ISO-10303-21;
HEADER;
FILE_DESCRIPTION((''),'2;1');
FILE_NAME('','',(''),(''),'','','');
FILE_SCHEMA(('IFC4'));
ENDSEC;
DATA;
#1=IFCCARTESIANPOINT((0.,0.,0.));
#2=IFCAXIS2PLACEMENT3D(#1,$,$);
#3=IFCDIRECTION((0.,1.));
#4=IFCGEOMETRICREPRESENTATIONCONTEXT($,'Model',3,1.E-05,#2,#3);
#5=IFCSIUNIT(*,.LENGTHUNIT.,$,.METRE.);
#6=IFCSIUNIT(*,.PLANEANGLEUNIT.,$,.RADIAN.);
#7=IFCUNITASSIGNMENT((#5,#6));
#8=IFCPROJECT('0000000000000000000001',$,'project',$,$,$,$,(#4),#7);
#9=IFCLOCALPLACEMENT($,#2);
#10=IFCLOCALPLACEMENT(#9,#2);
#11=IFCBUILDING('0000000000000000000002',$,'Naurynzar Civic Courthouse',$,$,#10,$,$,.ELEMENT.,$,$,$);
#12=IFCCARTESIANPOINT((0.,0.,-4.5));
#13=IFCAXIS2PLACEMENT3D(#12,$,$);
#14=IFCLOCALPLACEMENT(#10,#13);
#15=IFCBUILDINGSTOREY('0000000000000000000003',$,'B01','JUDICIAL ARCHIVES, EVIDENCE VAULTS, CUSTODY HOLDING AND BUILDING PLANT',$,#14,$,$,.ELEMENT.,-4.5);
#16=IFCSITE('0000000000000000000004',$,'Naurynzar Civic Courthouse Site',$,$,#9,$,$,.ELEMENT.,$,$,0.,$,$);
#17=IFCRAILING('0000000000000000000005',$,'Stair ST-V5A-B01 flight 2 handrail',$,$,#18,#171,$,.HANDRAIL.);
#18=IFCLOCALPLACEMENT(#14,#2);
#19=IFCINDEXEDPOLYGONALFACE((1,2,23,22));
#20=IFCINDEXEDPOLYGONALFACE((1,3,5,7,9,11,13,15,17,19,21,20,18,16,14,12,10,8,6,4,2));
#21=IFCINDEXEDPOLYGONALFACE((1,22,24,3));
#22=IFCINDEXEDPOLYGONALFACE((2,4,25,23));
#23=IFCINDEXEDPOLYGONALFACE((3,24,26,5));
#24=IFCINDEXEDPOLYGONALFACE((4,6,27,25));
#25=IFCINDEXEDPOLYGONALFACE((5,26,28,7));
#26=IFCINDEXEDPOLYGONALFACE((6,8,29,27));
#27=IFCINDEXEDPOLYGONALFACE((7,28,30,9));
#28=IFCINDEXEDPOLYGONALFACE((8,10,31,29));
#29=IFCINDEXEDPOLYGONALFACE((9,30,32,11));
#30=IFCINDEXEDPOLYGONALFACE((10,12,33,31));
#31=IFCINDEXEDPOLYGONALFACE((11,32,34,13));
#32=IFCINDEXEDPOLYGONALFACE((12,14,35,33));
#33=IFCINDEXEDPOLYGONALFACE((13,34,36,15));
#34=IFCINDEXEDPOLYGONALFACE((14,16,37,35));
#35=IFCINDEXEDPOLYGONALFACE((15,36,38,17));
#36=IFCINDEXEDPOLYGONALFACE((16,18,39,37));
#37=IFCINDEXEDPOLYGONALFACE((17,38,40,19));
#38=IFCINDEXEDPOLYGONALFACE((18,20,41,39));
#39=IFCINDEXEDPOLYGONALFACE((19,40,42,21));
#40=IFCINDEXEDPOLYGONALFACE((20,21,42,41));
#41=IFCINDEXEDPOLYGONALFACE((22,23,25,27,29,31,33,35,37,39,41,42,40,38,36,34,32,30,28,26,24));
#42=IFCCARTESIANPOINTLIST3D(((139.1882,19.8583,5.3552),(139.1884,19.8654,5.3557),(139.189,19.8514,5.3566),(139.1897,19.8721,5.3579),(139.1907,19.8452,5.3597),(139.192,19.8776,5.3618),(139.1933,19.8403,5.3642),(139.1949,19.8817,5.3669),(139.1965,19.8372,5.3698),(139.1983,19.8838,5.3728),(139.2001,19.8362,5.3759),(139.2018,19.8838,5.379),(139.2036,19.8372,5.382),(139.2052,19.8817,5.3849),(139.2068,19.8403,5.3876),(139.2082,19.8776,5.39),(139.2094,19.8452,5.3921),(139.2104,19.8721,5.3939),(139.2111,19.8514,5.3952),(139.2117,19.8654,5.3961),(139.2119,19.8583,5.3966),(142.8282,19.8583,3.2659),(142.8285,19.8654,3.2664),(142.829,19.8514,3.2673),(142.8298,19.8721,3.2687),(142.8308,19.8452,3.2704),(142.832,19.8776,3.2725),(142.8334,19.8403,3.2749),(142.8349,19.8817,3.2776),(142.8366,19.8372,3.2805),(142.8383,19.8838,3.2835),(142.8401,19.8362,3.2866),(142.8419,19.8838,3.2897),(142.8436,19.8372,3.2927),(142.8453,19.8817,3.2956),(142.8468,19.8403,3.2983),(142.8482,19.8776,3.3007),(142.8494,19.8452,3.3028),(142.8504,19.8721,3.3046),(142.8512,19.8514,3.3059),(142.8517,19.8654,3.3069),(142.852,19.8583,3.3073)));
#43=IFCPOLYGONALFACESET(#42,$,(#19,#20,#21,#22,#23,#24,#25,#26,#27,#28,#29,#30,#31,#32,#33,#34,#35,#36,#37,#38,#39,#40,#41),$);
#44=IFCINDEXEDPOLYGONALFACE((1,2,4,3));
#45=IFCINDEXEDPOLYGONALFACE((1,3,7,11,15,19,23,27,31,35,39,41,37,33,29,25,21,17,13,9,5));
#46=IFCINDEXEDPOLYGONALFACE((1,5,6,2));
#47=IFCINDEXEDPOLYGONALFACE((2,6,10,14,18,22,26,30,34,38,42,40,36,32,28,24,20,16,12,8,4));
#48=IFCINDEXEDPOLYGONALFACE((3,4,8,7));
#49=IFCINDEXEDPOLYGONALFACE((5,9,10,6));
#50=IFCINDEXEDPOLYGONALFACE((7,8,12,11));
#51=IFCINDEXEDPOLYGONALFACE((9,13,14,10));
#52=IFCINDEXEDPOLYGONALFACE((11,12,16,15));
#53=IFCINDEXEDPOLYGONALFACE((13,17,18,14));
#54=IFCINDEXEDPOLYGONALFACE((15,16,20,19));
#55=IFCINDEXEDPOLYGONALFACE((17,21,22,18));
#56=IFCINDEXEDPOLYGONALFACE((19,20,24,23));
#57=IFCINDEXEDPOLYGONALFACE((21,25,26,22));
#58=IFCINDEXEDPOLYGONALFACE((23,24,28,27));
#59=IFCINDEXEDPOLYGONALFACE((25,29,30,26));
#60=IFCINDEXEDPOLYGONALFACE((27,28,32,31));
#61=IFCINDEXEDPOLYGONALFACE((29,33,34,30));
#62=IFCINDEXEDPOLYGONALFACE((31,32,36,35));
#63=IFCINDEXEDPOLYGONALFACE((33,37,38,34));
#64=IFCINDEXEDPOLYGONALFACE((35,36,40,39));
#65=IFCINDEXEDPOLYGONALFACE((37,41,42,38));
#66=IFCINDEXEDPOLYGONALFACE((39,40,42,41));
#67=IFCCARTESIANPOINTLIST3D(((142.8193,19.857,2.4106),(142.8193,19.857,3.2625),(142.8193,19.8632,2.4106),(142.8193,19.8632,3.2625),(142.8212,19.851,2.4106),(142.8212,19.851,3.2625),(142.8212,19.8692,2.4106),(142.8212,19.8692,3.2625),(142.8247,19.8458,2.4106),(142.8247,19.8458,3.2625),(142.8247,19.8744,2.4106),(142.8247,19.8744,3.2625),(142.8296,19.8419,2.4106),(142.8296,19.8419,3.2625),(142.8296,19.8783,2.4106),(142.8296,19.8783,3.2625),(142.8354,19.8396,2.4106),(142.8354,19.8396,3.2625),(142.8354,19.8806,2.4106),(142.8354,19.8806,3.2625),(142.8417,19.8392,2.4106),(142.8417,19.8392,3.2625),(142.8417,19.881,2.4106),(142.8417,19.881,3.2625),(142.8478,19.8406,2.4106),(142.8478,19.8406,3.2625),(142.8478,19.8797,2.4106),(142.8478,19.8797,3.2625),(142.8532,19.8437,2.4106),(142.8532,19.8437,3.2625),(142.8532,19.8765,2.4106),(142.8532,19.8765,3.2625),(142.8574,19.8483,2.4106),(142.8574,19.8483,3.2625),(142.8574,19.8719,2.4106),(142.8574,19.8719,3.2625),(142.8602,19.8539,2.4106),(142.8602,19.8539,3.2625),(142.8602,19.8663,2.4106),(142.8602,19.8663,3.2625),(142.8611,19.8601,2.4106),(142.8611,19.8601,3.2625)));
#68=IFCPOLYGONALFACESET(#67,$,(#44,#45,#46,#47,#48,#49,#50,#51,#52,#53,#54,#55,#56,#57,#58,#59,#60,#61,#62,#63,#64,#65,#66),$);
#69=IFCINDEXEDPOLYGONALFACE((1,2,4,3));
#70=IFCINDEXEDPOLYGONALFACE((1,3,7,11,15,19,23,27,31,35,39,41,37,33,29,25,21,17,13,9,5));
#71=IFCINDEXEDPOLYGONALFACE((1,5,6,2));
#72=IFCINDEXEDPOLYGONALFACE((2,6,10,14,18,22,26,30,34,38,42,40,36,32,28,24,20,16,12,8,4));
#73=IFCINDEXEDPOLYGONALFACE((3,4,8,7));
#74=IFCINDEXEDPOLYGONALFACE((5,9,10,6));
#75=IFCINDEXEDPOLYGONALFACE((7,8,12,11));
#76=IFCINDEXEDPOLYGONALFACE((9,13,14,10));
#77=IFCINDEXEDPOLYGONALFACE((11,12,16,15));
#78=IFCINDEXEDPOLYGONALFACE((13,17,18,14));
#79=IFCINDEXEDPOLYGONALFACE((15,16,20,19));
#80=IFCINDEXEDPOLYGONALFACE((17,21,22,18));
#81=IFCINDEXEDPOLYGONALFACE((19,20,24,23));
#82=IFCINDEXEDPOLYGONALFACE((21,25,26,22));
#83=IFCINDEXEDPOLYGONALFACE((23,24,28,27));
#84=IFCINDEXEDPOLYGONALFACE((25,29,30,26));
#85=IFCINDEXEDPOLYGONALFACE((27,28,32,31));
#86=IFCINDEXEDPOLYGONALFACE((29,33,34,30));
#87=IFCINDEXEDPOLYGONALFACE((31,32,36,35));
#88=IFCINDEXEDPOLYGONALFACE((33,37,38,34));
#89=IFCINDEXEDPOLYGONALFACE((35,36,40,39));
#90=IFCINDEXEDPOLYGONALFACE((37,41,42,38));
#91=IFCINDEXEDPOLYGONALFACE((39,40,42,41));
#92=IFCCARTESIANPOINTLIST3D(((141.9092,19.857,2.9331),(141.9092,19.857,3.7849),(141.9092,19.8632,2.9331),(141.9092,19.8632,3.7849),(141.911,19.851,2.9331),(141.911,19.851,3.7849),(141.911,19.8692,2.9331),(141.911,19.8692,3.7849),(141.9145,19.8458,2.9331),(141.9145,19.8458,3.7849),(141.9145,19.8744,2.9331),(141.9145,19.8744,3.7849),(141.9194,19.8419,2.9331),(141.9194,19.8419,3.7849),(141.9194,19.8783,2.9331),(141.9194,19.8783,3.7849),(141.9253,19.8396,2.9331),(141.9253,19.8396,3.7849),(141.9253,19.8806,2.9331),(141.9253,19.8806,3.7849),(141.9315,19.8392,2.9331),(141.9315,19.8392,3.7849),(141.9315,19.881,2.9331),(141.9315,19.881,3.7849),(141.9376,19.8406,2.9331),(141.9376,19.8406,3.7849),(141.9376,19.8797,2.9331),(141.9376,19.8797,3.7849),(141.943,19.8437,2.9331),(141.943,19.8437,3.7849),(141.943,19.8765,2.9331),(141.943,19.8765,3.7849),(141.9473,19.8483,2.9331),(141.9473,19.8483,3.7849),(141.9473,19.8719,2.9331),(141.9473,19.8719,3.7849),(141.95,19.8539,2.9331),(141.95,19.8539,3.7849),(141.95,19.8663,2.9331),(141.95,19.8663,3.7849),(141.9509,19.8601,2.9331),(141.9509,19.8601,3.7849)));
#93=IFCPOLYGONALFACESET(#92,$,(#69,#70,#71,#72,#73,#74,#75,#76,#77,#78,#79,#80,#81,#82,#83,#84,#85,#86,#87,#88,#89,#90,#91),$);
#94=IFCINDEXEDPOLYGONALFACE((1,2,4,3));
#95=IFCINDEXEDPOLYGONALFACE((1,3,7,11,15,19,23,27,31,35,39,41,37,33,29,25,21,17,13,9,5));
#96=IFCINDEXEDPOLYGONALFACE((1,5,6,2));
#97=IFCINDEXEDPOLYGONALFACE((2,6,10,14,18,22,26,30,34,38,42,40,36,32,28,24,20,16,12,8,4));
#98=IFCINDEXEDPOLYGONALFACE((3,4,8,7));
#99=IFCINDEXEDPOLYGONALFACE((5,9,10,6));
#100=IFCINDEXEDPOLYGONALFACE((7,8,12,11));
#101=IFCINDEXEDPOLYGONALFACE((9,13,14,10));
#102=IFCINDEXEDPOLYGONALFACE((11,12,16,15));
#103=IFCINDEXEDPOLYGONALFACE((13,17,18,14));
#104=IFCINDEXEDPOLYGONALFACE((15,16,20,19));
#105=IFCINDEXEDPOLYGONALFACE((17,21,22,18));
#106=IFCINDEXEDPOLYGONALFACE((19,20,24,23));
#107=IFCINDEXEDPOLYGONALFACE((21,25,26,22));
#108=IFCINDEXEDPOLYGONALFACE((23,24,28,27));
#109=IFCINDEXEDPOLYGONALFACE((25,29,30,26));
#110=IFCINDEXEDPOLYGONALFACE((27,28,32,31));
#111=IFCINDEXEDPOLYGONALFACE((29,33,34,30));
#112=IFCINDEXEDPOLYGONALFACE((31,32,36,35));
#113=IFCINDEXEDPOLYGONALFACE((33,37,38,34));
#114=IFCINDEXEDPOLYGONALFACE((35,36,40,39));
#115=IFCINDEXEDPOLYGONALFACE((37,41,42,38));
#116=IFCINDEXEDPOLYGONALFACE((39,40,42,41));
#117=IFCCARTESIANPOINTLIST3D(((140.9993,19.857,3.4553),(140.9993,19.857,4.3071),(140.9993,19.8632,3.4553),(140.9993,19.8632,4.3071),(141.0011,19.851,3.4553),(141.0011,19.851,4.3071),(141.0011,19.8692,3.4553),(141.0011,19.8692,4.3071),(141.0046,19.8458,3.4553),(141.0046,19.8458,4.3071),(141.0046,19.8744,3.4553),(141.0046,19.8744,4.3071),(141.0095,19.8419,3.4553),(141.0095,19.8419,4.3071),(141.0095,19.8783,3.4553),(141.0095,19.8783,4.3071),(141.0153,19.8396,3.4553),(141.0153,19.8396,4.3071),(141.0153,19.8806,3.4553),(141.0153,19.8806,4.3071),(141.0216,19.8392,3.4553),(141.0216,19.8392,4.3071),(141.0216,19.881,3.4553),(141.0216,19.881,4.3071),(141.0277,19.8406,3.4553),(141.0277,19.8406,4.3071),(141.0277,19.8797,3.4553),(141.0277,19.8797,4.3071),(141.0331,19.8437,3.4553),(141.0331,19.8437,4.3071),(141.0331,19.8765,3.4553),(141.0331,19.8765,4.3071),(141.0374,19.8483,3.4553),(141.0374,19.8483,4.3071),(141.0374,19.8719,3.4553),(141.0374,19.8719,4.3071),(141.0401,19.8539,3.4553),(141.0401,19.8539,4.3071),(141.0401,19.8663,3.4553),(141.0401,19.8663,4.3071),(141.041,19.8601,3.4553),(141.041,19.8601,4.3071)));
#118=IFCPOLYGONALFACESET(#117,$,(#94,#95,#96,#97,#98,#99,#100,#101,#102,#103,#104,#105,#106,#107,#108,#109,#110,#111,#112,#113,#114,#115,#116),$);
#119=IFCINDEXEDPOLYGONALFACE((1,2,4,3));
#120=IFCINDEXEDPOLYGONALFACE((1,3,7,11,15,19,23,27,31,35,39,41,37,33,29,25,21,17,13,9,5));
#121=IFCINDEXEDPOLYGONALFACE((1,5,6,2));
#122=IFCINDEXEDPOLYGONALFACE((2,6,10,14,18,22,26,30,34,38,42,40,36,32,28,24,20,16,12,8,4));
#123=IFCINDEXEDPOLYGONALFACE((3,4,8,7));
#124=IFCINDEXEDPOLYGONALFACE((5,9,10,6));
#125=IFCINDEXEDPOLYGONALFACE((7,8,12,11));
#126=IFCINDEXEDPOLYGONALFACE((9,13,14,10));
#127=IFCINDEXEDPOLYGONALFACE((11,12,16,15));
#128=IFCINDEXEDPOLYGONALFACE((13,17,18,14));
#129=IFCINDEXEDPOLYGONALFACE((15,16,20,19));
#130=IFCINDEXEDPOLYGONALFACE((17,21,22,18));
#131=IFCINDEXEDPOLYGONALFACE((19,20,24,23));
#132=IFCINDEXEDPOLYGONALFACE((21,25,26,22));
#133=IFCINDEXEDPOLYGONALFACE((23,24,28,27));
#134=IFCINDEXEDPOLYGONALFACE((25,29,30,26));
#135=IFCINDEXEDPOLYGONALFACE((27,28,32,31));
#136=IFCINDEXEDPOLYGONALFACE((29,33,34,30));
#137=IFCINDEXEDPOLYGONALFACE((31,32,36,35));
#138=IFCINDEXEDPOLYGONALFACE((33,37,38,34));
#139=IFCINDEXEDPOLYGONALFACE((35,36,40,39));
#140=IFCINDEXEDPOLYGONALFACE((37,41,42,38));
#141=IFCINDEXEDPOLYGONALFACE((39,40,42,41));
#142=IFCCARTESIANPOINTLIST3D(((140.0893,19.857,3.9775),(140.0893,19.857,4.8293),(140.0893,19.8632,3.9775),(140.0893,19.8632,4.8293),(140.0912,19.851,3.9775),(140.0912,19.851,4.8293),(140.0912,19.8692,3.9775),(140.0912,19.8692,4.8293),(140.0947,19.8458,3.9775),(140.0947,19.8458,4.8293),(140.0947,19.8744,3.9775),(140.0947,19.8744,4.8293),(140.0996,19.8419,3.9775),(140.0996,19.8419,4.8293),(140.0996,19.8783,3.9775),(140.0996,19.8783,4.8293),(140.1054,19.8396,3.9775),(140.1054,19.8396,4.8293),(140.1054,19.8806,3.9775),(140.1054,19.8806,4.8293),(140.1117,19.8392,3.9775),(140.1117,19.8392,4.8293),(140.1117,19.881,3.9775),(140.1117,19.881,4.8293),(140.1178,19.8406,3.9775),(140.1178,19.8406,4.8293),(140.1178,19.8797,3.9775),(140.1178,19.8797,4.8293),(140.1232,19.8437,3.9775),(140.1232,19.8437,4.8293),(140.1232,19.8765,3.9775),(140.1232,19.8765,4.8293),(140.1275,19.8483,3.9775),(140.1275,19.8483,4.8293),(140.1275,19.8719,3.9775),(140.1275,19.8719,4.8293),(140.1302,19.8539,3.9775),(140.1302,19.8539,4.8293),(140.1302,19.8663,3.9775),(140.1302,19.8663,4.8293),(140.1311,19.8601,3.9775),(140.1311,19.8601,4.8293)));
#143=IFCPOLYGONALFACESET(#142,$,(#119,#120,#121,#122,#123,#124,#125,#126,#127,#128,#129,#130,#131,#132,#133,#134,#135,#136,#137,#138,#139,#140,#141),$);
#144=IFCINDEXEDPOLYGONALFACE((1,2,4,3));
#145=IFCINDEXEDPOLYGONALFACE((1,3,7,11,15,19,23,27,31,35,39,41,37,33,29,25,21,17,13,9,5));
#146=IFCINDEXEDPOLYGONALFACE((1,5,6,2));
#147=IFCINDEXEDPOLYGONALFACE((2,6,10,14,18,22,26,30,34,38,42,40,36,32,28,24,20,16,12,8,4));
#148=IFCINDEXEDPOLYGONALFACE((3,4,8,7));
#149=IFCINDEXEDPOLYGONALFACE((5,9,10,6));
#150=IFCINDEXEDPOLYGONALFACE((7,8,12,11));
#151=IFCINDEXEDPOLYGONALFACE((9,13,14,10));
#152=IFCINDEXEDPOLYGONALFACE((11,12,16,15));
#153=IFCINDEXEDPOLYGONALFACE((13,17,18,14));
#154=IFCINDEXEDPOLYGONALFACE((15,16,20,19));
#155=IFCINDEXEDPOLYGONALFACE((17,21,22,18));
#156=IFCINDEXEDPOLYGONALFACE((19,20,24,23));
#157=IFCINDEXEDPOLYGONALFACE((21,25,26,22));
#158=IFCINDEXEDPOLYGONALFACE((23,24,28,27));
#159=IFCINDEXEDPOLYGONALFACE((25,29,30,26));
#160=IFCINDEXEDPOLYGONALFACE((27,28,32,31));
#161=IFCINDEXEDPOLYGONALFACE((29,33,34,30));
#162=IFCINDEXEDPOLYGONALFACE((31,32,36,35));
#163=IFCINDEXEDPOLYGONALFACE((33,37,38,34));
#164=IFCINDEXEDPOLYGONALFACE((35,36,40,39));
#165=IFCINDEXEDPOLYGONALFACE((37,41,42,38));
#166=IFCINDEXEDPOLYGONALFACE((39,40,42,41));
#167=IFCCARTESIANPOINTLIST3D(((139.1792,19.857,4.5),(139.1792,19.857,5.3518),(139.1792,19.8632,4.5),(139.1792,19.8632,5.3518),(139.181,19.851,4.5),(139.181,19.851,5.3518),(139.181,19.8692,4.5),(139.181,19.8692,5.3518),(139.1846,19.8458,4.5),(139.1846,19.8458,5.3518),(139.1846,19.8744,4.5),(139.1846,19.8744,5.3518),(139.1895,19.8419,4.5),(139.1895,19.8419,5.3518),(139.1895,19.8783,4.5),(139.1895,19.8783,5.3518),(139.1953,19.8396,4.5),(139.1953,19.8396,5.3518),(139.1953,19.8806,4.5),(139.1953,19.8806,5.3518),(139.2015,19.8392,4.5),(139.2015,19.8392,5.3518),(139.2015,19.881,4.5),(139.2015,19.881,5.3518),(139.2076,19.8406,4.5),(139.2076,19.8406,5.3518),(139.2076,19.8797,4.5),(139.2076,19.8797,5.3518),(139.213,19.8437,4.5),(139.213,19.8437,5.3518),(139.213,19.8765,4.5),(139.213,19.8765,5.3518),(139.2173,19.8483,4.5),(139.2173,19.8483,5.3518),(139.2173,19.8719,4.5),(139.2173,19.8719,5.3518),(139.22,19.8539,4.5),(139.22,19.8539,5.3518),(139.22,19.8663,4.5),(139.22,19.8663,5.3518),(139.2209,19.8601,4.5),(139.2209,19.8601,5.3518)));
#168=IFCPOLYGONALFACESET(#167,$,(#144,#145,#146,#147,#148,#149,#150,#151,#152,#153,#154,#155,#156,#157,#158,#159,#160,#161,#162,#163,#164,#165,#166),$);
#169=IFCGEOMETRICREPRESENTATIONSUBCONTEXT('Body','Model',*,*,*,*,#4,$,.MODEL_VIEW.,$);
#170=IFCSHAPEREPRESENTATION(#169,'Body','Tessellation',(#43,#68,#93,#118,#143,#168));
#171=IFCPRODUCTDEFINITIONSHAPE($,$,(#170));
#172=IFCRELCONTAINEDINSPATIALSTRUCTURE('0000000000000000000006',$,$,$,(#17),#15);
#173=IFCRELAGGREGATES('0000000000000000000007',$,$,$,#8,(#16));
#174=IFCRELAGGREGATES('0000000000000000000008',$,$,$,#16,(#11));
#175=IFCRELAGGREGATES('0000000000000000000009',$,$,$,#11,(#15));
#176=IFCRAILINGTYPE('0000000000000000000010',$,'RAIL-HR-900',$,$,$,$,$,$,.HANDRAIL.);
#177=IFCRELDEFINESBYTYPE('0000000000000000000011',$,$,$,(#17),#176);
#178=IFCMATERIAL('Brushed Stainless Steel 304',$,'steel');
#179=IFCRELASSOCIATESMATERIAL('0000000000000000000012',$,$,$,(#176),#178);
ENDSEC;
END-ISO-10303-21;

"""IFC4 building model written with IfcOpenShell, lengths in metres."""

from ifc_helpers import new_model, si_unit, direction, frame, origin, origin_2d, place, context, subcontext, project, spatial, circle, extrude, material, type_object, element, save


model = new_model("IFC4")

# Units and contexts
model_context = context("Model", 3, precision=1e-05, world=origin(), true_north=direction((0.0, 1.0)))
body_context = subcontext(model_context, "Body", "Model", "MODEL_VIEW")
ifc_project = project(units=[si_unit("LENGTHUNIT", "METRE"), si_unit("PLANEANGLEUNIT", "RADIAN")], contexts=[model_context])

# Site, building, storey
site_placement = place(None, origin())
site = spatial("IfcSite", under=ifc_project, at=site_placement, Name="Naurynzar Civic Courthouse Site", CompositionType="ELEMENT", RefElevation=0.0)
building_placement = place(site_placement, origin())
building = spatial("IfcBuilding", under=site, at=building_placement, Name="Naurynzar Civic Courthouse", CompositionType="ELEMENT")
storey_placement = place(building_placement, frame((0.0, 0.0, -4.5)))
storey = spatial("IfcBuildingStorey", under=building, at=storey_placement, Name="B01", Description="JUDICIAL ARCHIVES, EVIDENCE VAULTS, CUSTODY HOLDING AND BUILDING PLANT", CompositionType="ELEMENT", Elevation=-4.5)

# Railing
ifc_material_1 = material(Name="Brushed Stainless Steel 304", Category="steel")
railing_type_1 = type_object("IfcRailingType", Name="RAIL-HR-900", PredefinedType="HANDRAIL", material=ifc_material_1)
railing_1_placement = place(storey_placement, frame((142.8401, 19.8601, 2.4106)))
element("IfcRailing", 1, at=railing_1_placement, inside=storey, type_object=railing_type_1, Name="Stair ST-V5A-B01 flight 2 handrail", PredefinedType="HANDRAIL", context=body_context, shape_type="SweptSolid", body=[
    extrude(circle(Radius=0.0239, at=origin_2d()), frame((0.0, 0.0, 0.876), z_axis=(-0.867289, 0.0, 0.497804), x_axis=(0.0, -1.0, 0.0)), (0.0, 0.0, 1.0), 4.197),
    extrude(circle(Radius=0.021, at=origin_2d()), origin(), (0.0, 0.0, 1.0), 0.8518),
    extrude(circle(Radius=0.021, at=origin_2d()), frame((-0.9102, 0.0, 0.5225)), (0.0, 0.0, 1.0), 0.8518),
    extrude(circle(Radius=0.021, at=origin_2d()), frame((-1.8201, 0.0, 1.0447)), (0.0, 0.0, 1.0), 0.8518),
    extrude(circle(Radius=0.021, at=origin_2d()), frame((-2.73, 0.0, 1.5669)), (0.0, 0.0, 1.0), 0.8518),
    extrude(circle(Radius=0.021, at=origin_2d()), frame((-3.6401, 0.0, 2.0894)), (0.0, 0.0, 1.0), 0.8518),
])

save(model, "model.ifc")
